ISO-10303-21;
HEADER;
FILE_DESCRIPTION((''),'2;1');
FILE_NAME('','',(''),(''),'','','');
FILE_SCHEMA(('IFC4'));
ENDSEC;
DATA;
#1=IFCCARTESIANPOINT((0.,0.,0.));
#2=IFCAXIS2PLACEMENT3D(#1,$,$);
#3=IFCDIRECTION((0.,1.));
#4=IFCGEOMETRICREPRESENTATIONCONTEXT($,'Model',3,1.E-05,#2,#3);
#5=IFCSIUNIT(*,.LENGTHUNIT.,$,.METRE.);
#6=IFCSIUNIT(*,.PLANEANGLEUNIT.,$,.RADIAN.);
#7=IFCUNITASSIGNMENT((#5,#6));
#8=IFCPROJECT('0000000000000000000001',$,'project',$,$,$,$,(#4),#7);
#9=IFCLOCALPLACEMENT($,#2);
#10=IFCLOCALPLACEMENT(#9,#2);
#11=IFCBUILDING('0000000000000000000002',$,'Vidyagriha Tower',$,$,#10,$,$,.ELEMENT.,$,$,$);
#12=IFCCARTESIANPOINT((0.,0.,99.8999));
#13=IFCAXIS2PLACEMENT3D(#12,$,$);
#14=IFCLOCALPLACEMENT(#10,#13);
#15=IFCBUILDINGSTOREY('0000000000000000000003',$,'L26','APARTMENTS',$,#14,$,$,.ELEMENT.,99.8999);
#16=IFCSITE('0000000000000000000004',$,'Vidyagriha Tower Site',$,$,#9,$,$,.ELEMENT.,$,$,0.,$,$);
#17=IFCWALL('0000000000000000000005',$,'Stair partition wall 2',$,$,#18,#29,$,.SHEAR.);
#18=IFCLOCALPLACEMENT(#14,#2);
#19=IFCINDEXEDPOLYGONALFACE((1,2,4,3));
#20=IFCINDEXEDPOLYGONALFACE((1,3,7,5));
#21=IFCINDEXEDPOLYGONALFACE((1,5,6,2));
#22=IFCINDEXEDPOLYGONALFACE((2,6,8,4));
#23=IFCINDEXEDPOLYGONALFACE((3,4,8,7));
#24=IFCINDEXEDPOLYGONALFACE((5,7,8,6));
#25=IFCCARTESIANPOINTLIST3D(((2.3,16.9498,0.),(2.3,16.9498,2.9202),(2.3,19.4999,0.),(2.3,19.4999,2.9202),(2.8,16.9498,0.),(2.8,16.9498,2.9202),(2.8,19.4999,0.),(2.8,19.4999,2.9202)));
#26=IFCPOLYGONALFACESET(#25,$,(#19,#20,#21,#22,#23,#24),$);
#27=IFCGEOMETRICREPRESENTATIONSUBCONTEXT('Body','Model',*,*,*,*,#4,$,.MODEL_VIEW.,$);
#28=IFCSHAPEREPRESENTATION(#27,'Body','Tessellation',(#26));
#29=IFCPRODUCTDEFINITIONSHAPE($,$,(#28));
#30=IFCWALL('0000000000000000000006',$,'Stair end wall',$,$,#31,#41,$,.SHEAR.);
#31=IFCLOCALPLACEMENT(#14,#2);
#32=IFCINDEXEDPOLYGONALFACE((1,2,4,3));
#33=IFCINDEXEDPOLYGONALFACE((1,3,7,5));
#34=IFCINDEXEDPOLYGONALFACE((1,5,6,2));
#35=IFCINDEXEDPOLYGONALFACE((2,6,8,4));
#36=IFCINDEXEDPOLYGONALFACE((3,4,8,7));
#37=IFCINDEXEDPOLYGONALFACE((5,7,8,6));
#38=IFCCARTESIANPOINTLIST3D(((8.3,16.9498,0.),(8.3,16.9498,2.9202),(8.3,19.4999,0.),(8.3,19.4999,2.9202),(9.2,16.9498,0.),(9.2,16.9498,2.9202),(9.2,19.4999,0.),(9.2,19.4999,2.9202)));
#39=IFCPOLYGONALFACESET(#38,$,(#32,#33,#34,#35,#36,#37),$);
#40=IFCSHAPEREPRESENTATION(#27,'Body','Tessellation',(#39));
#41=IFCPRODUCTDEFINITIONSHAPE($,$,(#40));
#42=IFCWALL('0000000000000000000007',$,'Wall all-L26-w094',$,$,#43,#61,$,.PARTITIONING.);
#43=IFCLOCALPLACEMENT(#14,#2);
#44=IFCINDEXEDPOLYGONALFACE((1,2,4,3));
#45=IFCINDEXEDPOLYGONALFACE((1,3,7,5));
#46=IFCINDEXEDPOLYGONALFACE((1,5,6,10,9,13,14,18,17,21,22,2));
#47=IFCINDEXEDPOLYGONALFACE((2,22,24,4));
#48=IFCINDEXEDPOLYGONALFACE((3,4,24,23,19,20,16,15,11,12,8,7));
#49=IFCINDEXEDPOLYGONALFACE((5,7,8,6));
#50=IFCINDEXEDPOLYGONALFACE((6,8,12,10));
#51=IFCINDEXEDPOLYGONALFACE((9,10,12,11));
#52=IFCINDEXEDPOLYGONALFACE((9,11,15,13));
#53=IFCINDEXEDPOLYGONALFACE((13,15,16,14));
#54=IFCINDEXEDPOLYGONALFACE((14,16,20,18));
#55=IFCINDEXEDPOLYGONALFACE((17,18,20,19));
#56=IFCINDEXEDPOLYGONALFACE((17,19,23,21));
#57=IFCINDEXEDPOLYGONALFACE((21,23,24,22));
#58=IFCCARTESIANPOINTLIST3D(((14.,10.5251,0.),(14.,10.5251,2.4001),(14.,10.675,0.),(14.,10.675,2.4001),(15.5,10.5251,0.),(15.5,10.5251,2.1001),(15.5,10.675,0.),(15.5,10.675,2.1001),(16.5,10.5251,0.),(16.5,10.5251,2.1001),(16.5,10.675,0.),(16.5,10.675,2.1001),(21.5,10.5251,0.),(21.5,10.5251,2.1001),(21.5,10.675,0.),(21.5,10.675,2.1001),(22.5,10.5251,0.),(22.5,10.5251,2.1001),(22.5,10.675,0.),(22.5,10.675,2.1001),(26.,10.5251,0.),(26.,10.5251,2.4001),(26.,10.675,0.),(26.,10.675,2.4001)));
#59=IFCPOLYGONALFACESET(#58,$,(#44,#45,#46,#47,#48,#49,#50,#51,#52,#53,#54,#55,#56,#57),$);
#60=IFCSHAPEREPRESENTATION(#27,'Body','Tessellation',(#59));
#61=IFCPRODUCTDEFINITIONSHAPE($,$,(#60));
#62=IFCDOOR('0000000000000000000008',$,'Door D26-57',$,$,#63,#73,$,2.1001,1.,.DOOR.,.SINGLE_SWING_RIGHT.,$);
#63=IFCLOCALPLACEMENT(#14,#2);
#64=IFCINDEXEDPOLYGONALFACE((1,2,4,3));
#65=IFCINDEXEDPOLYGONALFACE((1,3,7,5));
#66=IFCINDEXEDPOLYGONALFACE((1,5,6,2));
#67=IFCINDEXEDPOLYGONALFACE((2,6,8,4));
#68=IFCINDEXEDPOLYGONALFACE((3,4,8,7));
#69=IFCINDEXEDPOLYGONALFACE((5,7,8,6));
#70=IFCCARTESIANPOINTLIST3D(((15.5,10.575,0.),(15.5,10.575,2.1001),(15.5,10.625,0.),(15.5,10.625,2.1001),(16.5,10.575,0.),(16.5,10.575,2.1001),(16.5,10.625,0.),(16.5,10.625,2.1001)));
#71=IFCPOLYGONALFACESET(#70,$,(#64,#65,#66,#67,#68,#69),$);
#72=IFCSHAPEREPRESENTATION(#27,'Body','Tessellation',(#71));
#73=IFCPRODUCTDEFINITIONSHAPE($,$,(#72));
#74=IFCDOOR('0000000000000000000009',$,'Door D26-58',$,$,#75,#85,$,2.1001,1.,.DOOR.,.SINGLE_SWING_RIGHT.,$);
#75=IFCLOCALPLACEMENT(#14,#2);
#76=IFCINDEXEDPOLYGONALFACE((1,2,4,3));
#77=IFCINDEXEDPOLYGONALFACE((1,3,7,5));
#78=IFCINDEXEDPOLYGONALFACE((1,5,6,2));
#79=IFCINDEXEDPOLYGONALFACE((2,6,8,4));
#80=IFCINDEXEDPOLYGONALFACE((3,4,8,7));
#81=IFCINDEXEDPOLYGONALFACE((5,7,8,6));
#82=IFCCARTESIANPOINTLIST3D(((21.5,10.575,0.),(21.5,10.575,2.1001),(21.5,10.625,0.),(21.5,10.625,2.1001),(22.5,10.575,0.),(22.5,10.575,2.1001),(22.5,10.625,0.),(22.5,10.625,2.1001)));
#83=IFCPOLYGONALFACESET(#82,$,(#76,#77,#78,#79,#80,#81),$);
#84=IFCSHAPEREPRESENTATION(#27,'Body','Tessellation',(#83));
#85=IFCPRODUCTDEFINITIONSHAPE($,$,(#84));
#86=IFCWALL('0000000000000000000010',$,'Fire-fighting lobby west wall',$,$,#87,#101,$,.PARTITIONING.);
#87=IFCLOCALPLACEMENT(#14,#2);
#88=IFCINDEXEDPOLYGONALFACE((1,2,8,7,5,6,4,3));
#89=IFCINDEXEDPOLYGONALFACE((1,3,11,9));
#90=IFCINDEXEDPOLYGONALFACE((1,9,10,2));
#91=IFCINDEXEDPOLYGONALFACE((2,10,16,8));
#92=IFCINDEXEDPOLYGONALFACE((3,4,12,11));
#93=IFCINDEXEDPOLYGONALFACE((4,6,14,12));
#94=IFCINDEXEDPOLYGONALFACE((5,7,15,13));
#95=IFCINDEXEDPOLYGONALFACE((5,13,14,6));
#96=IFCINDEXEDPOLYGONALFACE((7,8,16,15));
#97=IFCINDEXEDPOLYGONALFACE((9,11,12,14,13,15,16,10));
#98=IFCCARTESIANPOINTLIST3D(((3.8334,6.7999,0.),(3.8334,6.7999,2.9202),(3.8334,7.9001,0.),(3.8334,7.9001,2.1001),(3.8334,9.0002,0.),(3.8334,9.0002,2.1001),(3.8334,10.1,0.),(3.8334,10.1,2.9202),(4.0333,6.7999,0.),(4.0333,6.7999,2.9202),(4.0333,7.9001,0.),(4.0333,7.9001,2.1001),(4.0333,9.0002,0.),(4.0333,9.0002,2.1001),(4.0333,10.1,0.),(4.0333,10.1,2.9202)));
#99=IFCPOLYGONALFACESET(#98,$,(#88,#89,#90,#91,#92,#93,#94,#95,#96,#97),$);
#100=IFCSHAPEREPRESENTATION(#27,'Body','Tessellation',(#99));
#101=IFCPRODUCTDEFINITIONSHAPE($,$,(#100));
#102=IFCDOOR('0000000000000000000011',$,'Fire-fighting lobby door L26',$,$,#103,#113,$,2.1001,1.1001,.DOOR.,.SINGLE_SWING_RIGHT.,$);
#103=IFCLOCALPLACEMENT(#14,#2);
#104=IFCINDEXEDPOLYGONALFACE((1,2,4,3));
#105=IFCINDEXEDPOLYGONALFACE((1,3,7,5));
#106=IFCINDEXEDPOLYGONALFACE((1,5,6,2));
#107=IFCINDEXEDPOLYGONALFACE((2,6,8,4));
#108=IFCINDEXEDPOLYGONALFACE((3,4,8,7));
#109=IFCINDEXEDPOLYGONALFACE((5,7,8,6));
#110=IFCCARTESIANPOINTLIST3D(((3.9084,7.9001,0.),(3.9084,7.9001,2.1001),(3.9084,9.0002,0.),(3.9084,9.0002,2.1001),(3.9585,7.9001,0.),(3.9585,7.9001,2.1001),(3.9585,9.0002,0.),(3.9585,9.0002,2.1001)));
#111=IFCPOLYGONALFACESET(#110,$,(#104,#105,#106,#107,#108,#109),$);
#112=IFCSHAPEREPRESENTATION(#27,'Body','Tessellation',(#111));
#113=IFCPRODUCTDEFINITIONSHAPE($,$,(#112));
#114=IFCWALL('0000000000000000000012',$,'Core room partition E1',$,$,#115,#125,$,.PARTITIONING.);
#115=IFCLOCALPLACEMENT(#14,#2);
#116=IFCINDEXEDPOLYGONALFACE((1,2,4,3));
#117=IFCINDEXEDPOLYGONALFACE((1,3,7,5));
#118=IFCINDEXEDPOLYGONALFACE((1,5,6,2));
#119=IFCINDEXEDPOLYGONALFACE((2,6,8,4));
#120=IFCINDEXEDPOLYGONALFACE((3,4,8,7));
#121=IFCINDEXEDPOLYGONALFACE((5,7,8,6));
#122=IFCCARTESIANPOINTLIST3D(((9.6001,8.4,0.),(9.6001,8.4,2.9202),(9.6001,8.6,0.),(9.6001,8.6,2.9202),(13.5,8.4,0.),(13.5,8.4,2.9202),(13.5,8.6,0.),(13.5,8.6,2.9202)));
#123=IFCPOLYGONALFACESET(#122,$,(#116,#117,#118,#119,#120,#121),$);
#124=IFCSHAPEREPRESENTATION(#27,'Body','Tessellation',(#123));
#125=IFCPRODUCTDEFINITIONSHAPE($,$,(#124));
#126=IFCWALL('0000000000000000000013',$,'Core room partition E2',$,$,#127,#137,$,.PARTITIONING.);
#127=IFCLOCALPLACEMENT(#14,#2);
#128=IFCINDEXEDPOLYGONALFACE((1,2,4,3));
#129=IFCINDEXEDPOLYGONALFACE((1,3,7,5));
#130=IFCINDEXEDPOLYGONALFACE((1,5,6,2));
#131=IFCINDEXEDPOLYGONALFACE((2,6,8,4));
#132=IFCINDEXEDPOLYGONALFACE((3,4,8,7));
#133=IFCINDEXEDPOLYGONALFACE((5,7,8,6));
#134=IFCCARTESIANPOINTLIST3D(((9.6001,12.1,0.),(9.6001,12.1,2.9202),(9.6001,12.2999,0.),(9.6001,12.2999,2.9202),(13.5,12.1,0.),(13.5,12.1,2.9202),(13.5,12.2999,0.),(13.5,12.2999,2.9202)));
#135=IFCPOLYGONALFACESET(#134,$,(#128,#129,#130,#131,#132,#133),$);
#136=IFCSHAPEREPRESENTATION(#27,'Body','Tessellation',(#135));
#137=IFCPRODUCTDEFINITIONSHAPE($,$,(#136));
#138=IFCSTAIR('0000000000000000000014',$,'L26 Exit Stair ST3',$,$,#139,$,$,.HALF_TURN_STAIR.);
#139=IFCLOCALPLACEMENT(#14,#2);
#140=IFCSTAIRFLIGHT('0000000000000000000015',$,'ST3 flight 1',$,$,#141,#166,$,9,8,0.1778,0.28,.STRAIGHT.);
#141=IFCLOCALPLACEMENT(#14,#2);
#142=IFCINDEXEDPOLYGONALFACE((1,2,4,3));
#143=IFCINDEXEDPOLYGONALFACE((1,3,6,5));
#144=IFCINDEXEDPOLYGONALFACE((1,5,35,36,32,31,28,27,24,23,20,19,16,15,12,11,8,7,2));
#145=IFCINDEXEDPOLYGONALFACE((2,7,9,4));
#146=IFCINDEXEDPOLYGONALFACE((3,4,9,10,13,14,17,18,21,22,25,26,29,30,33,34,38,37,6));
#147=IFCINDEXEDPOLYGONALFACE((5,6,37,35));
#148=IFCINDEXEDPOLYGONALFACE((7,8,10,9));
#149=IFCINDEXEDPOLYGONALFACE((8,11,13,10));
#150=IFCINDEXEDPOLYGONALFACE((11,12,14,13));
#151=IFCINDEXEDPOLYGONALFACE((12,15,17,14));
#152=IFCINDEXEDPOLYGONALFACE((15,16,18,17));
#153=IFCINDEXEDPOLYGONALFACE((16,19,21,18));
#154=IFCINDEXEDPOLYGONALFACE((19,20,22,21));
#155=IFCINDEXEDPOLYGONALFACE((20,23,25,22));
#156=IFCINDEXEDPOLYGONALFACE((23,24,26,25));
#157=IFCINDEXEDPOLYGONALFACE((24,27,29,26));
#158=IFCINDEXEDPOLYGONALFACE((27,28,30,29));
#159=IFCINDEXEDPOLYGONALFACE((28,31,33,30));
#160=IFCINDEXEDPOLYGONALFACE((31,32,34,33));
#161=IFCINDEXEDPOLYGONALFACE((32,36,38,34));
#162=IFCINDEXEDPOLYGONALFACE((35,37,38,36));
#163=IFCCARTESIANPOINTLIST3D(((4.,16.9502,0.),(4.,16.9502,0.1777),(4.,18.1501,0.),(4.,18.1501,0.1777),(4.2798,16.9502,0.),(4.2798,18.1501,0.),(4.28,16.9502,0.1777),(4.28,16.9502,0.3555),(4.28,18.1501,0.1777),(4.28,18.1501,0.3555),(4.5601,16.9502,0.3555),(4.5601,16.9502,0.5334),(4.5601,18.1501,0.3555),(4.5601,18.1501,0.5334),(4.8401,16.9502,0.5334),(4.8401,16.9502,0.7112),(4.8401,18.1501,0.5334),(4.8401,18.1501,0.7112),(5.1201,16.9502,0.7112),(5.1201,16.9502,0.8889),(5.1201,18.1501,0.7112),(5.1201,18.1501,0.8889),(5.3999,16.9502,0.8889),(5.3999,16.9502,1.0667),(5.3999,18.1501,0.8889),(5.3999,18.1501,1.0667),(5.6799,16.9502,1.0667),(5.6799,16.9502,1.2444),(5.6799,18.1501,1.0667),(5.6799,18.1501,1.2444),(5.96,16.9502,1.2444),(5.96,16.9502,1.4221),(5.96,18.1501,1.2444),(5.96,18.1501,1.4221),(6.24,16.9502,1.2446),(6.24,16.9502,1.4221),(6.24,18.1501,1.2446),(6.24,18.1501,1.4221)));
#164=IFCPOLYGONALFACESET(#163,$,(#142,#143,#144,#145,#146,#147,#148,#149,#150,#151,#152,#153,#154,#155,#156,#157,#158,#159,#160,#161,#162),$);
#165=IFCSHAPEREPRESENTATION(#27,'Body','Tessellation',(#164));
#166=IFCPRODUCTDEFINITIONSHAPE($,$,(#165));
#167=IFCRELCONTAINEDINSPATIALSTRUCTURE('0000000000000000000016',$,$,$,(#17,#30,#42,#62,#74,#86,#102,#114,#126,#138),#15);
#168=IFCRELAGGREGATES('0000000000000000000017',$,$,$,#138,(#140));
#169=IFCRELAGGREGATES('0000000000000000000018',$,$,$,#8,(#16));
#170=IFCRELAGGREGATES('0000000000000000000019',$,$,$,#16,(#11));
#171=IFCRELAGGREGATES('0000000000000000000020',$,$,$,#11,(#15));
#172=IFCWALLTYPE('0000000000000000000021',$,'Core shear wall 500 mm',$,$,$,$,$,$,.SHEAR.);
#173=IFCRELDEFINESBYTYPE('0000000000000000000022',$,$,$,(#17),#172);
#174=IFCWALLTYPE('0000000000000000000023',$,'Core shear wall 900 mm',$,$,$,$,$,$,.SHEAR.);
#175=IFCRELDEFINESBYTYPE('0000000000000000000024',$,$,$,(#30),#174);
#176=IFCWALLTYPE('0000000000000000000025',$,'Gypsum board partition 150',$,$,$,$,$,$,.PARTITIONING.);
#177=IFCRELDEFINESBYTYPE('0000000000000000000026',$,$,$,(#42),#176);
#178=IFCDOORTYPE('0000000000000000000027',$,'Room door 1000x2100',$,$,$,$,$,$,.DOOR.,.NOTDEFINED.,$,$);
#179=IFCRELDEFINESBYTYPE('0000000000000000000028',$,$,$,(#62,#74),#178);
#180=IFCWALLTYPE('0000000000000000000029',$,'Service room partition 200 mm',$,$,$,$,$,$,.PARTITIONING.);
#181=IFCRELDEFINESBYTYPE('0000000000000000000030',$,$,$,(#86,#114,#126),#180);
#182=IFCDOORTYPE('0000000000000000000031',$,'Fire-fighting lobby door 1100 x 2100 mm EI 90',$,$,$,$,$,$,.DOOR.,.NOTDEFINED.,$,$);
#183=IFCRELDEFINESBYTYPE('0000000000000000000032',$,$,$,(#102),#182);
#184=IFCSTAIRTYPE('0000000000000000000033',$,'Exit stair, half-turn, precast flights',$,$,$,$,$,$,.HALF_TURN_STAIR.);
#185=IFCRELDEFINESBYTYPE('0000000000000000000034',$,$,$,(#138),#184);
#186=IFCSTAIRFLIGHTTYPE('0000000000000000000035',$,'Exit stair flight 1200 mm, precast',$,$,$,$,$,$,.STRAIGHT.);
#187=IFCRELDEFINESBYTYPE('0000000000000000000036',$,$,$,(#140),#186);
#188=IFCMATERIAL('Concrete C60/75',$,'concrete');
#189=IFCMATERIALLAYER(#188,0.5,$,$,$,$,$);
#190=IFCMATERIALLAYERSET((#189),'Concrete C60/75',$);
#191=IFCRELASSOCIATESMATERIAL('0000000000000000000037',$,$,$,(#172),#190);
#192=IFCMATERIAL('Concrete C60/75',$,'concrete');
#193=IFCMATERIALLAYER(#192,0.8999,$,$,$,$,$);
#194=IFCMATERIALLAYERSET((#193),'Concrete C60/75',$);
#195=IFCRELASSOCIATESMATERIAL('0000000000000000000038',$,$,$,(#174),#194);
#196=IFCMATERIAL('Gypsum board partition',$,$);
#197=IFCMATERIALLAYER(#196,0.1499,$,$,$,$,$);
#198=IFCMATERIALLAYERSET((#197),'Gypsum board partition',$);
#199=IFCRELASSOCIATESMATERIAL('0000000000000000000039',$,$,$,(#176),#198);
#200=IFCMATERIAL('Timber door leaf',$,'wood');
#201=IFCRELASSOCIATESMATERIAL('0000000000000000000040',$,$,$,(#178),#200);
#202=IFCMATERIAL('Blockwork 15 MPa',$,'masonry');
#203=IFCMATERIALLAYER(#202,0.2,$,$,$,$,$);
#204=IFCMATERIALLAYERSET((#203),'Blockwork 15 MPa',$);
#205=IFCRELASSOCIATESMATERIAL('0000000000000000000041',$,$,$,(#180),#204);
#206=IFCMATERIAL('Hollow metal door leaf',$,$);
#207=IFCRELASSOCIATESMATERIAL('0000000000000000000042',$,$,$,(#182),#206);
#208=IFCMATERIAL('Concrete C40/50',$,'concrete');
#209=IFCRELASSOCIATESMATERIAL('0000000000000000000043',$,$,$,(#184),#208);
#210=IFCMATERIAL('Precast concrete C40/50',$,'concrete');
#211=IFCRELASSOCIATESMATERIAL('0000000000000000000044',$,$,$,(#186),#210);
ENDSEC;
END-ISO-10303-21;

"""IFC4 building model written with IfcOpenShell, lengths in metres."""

from ifc_helpers import new_model, si_unit, direction, frame, frame_2d, origin, place, context, subcontext, project, spatial, polyline, rectangle, outline, extrude, material, layer, layer_set, type_object, element, fill, aggregate, save


model = new_model("IFC4")

# Units and contexts
model_context = context("Model", 3, precision=1e-05, world=origin(), true_north=direction((0.0, 1.0)))
body_context = subcontext(model_context, "Body", "Model", "MODEL_VIEW")
ifc_project = project(units=[si_unit("LENGTHUNIT", "METRE"), si_unit("PLANEANGLEUNIT", "RADIAN")], contexts=[model_context])

# Site, building, storey
site_placement = place(None, origin())
site = spatial("IfcSite", under=ifc_project, at=site_placement, Name="Vidyagriha Tower Site", CompositionType="ELEMENT", RefElevation=0.0)
building_placement = place(site_placement, origin())
building = spatial("IfcBuilding", under=site, at=building_placement, Name="Vidyagriha Tower", CompositionType="ELEMENT")
storey_placement = place(building_placement, frame((0.0, 0.0, 99.8999)))
storey = spatial("IfcBuildingStorey", under=building, at=storey_placement, Name="L26", Description="APARTMENTS", CompositionType="ELEMENT", Elevation=99.8999)

# Walls
ifc_material_1 = material(Name="Concrete C60/75", Category="concrete")
ifc_layer_1 = layer(ifc_material_1, 0.5)
ifc_layer_set_1 = layer_set([ifc_layer_1], Name="Concrete C60/75")
wall_type_1 = type_object("IfcWallType", Name="Core shear wall 500 mm", PredefinedType="SHEAR", material=ifc_layer_set_1)
wall_1_placement = place(storey_placement, frame((2.55, 16.95, 0.0), z_axis=(0.0, 0.0, 1.0), x_axis=(0.0, 1.0, 0.0)))
element("IfcWall", 1, at=wall_1_placement, inside=storey, type_object=wall_type_1, Name="Stair partition wall 2", PredefinedType="SHEAR", context=body_context, shape_type="SweptSolid", body=[
    extrude(rectangle(XDim=2.55, YDim=0.5, at=frame_2d((1.2749, 0.0))), origin(), (0.0, 0.0, 1.0), 2.9202),
])
ifc_material_2 = material(Name="Concrete C60/75", Category="concrete")
ifc_layer_2 = layer(ifc_material_2, 0.8999)
ifc_layer_set_2 = layer_set([ifc_layer_2], Name="Concrete C60/75")
wall_type_2 = type_object("IfcWallType", Name="Core shear wall 900 mm", PredefinedType="SHEAR", material=ifc_layer_set_2)
wall_2_placement = place(storey_placement, frame((8.75, 16.95, 0.0), z_axis=(0.0, 0.0, 1.0), x_axis=(0.0, 1.0, 0.0)))
element("IfcWall", 2, at=wall_2_placement, inside=storey, type_object=wall_type_2, Name="Stair end wall", PredefinedType="SHEAR", context=body_context, shape_type="SweptSolid", body=[
    extrude(rectangle(XDim=2.55, YDim=0.8999, at=frame_2d((1.2749, 0.0))), origin(), (0.0, 0.0, 1.0), 2.9202),
])

# Wall, openings, doors
ifc_material_3 = material(Name="Gypsum board partition")
ifc_layer_3 = layer(ifc_material_3, 0.1499)
ifc_layer_set_3 = layer_set([ifc_layer_3], Name="Gypsum board partition")
wall_type_3 = type_object("IfcWallType", Name="Gypsum board partition 150", PredefinedType="PARTITIONING", material=ifc_layer_set_3)
wall_3_placement = place(storey_placement, frame((14.0, 10.6001, 0.0)))
wall_3 = element("IfcWall", 3, at=wall_3_placement, inside=storey, type_object=wall_type_3, Name="Wall all-L26-w094", PredefinedType="PARTITIONING", context=body_context, shape_type="SweptSolid", body=[
    extrude(rectangle(XDim=12.0, YDim=0.1499, at=frame_2d((6.0, 0.0))), origin(), (0.0, 0.0, 1.0), 2.4001),
])
opening_1_placement = place(wall_3_placement, frame((1.5, 0.0, 0.0)))
opening_1 = element("IfcOpeningElement", 4, at=opening_1_placement, cuts=wall_3, PredefinedType="OPENING", context=body_context, shape_type="SweptSolid", body=[
    extrude(rectangle(XDim=1.0, YDim=2.1001, at=frame_2d((0.5, 1.05))), frame((0.0, 0.085, 0.0), z_axis=(0.0, -1.0, 0.0), x_axis=(1.0, 0.0, 0.0)), (0.0, 0.0, 1.0), 0.1699),
])
opening_2_placement = place(wall_3_placement, frame((7.5, 0.0, 0.0)))
opening_2 = element("IfcOpeningElement", 5, at=opening_2_placement, cuts=wall_3, PredefinedType="OPENING", context=body_context, shape_type="SweptSolid", body=[
    extrude(rectangle(XDim=1.0, YDim=2.1001, at=frame_2d((0.5, 1.05))), frame((0.0, 0.085, 0.0), z_axis=(0.0, -1.0, 0.0), x_axis=(1.0, 0.0, 0.0)), (0.0, 0.0, 1.0), 0.1699),
])
ifc_material_4 = material(Name="Timber door leaf", Category="wood")
door_type_1 = type_object("IfcDoorType", Name="Room door 1000x2100", OperationType="NOTDEFINED", PredefinedType="DOOR", material=ifc_material_4)
door_1_placement = place(opening_1_placement, origin())
door_1 = element("IfcDoor", 6, at=door_1_placement, inside=storey, type_object=door_type_1, Name="Door D26-57", OperationType="SINGLE_SWING_RIGHT", OverallHeight=2.1001, OverallWidth=1.0, PredefinedType="DOOR", context=body_context, shape_type="SweptSolid", body=[
    extrude(rectangle(XDim=1.0, YDim=2.1001, at=frame_2d((0.5, 1.05))), frame((0.0, 0.0249, 0.0), z_axis=(0.0, -1.0, 0.0), x_axis=(1.0, 0.0, 0.0)), (0.0, 0.0, 1.0), 0.05),
])
fill(opening_1, door_1)
door_2_placement = place(opening_2_placement, origin())
door_2 = element("IfcDoor", 7, at=door_2_placement, inside=storey, type_object=door_type_1, Name="Door D26-58", OperationType="SINGLE_SWING_RIGHT", OverallHeight=2.1001, OverallWidth=1.0, PredefinedType="DOOR", context=body_context, shape_type="SweptSolid", body=[
    extrude(rectangle(XDim=1.0, YDim=2.1001, at=frame_2d((0.5, 1.05))), frame((0.0, 0.0249, 0.0), z_axis=(0.0, -1.0, 0.0), x_axis=(1.0, 0.0, 0.0)), (0.0, 0.0, 1.0), 0.05),
])
fill(opening_2, door_2)

# Wall, opening, door
ifc_material_5 = material(Name="Blockwork 15 MPa", Category="masonry")
ifc_layer_4 = layer(ifc_material_5, 0.2)
ifc_layer_set_4 = layer_set([ifc_layer_4], Name="Blockwork 15 MPa")
wall_type_4 = type_object("IfcWallType", Name="Service room partition 200 mm", PredefinedType="PARTITIONING", material=ifc_layer_set_4)
wall_4_placement = place(storey_placement, frame((3.9333, 6.8, 0.0), z_axis=(0.0, 0.0, 1.0), x_axis=(0.0, 1.0, 0.0)))
wall_4 = element("IfcWall", 8, at=wall_4_placement, inside=storey, type_object=wall_type_4, Name="Fire-fighting lobby west wall", PredefinedType="PARTITIONING", context=body_context, shape_type="SweptSolid", body=[
    extrude(rectangle(XDim=3.3, YDim=0.2, at=frame_2d((1.6499, 0.0))), origin(), (0.0, 0.0, 1.0), 2.9202),
])
opening_3_placement = place(wall_4_placement, frame((1.1001, 0.0, 0.0)))
opening_3 = element("IfcOpeningElement", 9, at=opening_3_placement, cuts=wall_4, PredefinedType="OPENING", context=body_context, shape_type="SweptSolid", body=[
    extrude(rectangle(XDim=1.1001, YDim=2.1001, at=frame_2d((0.55, 1.05))), frame((0.0, 0.1099, 0.0), z_axis=(0.0, -1.0, 0.0), x_axis=(1.0, 0.0, 0.0)), (0.0, 0.0, 1.0), 0.22),
])
ifc_material_6 = material(Name="Hollow metal door leaf")
door_type_2 = type_object("IfcDoorType", Name="Fire-fighting lobby door 1100 x 2100 mm EI 90", OperationType="NOTDEFINED", PredefinedType="DOOR", material=ifc_material_6)
door_3_placement = place(opening_3_placement, origin())
door_3 = element("IfcDoor", 10, at=door_3_placement, inside=storey, type_object=door_type_2, Name="Fire-fighting lobby door L26", OperationType="SINGLE_SWING_RIGHT", OverallHeight=2.1001, OverallWidth=1.1001, PredefinedType="DOOR", context=body_context, shape_type="SweptSolid", body=[
    extrude(rectangle(XDim=1.1001, YDim=2.1001, at=frame_2d((0.55, 1.05))), frame((0.0, 0.0249, 0.0), z_axis=(0.0, -1.0, 0.0), x_axis=(1.0, 0.0, 0.0)), (0.0, 0.0, 1.0), 0.05),
])
fill(opening_3, door_3)

# Walls
for number, where, name in (
    (11, (9.6001, 8.5, 0.0), "Core room partition E1"),
    (12, (9.6001, 12.2, 0.0), "Core room partition E2"),
):
    element("IfcWall", number, at=place(storey_placement, frame(where)), inside=storey, type_object=wall_type_4, Name=name, PredefinedType="PARTITIONING", context=body_context, shape_type="SweptSolid", body=[
        extrude(rectangle(XDim=3.8999, YDim=0.2, at=frame_2d((1.95, 0.0))), origin(), (0.0, 0.0, 1.0), 2.9202),
    ])

# Stair, stair flight
ifc_material_7 = material(Name="Concrete C40/50", Category="concrete")
stair_type = type_object("IfcStairType", Name="Exit stair, half-turn, precast flights", PredefinedType="HALF_TURN_STAIR", material=ifc_material_7)
stair_placement = place(storey_placement, origin())
stair = element("IfcStair", 13, at=stair_placement, inside=storey, type_object=stair_type, Name="L26 Exit Stair ST3", PredefinedType="HALF_TURN_STAIR")
ifc_material_8 = material(Name="Precast concrete C40/50", Category="concrete")
stair_flight_type = type_object("IfcStairFlightType", Name="Exit stair flight 1200 mm, precast", PredefinedType="STRAIGHT", material=ifc_material_8)
stair_flight_1_placement = place(storey_placement, frame((4.0, 17.55, 0.0)))
stair_flight_1 = element("IfcStairFlight", 14, at=stair_flight_1_placement, type_object=stair_flight_type, Name="ST3 flight 1", NumberOfRisers=9, NumberOfTreads=8, PredefinedType="STRAIGHT", RiserHeight=0.1778, TreadLength=0.28, context=body_context, shape_type="SweptSolid", body=[
    extrude(outline(polyline([(0.0, 0.0), (0.0, 0.1777), (0.28, 0.1777), (0.28, 0.3555), (0.5601, 0.3555), (0.5601, 0.5334), (0.8401, 0.5334), (0.8401, 0.7112), (1.1201, 0.7112), (1.1201, 0.8889), (1.3999, 0.8889), (1.3999, 1.0667), (1.6799, 1.0667), (1.6799, 1.2444), (1.96, 1.2444), (1.96, 1.4221), (2.24, 1.4221), (2.24, 1.6001), (2.24, 1.2446), (0.2798, 0.0), (0.0, 0.0)])), frame((0.0, 0.6001, 0.0), z_axis=(0.0, -1.0, 0.0), x_axis=(1.0, 0.0, 0.0)), (0.0, 0.0, 1.0), 1.2),
])
aggregate(stair, [stair_flight_1])

save(model, "model.ifc")
